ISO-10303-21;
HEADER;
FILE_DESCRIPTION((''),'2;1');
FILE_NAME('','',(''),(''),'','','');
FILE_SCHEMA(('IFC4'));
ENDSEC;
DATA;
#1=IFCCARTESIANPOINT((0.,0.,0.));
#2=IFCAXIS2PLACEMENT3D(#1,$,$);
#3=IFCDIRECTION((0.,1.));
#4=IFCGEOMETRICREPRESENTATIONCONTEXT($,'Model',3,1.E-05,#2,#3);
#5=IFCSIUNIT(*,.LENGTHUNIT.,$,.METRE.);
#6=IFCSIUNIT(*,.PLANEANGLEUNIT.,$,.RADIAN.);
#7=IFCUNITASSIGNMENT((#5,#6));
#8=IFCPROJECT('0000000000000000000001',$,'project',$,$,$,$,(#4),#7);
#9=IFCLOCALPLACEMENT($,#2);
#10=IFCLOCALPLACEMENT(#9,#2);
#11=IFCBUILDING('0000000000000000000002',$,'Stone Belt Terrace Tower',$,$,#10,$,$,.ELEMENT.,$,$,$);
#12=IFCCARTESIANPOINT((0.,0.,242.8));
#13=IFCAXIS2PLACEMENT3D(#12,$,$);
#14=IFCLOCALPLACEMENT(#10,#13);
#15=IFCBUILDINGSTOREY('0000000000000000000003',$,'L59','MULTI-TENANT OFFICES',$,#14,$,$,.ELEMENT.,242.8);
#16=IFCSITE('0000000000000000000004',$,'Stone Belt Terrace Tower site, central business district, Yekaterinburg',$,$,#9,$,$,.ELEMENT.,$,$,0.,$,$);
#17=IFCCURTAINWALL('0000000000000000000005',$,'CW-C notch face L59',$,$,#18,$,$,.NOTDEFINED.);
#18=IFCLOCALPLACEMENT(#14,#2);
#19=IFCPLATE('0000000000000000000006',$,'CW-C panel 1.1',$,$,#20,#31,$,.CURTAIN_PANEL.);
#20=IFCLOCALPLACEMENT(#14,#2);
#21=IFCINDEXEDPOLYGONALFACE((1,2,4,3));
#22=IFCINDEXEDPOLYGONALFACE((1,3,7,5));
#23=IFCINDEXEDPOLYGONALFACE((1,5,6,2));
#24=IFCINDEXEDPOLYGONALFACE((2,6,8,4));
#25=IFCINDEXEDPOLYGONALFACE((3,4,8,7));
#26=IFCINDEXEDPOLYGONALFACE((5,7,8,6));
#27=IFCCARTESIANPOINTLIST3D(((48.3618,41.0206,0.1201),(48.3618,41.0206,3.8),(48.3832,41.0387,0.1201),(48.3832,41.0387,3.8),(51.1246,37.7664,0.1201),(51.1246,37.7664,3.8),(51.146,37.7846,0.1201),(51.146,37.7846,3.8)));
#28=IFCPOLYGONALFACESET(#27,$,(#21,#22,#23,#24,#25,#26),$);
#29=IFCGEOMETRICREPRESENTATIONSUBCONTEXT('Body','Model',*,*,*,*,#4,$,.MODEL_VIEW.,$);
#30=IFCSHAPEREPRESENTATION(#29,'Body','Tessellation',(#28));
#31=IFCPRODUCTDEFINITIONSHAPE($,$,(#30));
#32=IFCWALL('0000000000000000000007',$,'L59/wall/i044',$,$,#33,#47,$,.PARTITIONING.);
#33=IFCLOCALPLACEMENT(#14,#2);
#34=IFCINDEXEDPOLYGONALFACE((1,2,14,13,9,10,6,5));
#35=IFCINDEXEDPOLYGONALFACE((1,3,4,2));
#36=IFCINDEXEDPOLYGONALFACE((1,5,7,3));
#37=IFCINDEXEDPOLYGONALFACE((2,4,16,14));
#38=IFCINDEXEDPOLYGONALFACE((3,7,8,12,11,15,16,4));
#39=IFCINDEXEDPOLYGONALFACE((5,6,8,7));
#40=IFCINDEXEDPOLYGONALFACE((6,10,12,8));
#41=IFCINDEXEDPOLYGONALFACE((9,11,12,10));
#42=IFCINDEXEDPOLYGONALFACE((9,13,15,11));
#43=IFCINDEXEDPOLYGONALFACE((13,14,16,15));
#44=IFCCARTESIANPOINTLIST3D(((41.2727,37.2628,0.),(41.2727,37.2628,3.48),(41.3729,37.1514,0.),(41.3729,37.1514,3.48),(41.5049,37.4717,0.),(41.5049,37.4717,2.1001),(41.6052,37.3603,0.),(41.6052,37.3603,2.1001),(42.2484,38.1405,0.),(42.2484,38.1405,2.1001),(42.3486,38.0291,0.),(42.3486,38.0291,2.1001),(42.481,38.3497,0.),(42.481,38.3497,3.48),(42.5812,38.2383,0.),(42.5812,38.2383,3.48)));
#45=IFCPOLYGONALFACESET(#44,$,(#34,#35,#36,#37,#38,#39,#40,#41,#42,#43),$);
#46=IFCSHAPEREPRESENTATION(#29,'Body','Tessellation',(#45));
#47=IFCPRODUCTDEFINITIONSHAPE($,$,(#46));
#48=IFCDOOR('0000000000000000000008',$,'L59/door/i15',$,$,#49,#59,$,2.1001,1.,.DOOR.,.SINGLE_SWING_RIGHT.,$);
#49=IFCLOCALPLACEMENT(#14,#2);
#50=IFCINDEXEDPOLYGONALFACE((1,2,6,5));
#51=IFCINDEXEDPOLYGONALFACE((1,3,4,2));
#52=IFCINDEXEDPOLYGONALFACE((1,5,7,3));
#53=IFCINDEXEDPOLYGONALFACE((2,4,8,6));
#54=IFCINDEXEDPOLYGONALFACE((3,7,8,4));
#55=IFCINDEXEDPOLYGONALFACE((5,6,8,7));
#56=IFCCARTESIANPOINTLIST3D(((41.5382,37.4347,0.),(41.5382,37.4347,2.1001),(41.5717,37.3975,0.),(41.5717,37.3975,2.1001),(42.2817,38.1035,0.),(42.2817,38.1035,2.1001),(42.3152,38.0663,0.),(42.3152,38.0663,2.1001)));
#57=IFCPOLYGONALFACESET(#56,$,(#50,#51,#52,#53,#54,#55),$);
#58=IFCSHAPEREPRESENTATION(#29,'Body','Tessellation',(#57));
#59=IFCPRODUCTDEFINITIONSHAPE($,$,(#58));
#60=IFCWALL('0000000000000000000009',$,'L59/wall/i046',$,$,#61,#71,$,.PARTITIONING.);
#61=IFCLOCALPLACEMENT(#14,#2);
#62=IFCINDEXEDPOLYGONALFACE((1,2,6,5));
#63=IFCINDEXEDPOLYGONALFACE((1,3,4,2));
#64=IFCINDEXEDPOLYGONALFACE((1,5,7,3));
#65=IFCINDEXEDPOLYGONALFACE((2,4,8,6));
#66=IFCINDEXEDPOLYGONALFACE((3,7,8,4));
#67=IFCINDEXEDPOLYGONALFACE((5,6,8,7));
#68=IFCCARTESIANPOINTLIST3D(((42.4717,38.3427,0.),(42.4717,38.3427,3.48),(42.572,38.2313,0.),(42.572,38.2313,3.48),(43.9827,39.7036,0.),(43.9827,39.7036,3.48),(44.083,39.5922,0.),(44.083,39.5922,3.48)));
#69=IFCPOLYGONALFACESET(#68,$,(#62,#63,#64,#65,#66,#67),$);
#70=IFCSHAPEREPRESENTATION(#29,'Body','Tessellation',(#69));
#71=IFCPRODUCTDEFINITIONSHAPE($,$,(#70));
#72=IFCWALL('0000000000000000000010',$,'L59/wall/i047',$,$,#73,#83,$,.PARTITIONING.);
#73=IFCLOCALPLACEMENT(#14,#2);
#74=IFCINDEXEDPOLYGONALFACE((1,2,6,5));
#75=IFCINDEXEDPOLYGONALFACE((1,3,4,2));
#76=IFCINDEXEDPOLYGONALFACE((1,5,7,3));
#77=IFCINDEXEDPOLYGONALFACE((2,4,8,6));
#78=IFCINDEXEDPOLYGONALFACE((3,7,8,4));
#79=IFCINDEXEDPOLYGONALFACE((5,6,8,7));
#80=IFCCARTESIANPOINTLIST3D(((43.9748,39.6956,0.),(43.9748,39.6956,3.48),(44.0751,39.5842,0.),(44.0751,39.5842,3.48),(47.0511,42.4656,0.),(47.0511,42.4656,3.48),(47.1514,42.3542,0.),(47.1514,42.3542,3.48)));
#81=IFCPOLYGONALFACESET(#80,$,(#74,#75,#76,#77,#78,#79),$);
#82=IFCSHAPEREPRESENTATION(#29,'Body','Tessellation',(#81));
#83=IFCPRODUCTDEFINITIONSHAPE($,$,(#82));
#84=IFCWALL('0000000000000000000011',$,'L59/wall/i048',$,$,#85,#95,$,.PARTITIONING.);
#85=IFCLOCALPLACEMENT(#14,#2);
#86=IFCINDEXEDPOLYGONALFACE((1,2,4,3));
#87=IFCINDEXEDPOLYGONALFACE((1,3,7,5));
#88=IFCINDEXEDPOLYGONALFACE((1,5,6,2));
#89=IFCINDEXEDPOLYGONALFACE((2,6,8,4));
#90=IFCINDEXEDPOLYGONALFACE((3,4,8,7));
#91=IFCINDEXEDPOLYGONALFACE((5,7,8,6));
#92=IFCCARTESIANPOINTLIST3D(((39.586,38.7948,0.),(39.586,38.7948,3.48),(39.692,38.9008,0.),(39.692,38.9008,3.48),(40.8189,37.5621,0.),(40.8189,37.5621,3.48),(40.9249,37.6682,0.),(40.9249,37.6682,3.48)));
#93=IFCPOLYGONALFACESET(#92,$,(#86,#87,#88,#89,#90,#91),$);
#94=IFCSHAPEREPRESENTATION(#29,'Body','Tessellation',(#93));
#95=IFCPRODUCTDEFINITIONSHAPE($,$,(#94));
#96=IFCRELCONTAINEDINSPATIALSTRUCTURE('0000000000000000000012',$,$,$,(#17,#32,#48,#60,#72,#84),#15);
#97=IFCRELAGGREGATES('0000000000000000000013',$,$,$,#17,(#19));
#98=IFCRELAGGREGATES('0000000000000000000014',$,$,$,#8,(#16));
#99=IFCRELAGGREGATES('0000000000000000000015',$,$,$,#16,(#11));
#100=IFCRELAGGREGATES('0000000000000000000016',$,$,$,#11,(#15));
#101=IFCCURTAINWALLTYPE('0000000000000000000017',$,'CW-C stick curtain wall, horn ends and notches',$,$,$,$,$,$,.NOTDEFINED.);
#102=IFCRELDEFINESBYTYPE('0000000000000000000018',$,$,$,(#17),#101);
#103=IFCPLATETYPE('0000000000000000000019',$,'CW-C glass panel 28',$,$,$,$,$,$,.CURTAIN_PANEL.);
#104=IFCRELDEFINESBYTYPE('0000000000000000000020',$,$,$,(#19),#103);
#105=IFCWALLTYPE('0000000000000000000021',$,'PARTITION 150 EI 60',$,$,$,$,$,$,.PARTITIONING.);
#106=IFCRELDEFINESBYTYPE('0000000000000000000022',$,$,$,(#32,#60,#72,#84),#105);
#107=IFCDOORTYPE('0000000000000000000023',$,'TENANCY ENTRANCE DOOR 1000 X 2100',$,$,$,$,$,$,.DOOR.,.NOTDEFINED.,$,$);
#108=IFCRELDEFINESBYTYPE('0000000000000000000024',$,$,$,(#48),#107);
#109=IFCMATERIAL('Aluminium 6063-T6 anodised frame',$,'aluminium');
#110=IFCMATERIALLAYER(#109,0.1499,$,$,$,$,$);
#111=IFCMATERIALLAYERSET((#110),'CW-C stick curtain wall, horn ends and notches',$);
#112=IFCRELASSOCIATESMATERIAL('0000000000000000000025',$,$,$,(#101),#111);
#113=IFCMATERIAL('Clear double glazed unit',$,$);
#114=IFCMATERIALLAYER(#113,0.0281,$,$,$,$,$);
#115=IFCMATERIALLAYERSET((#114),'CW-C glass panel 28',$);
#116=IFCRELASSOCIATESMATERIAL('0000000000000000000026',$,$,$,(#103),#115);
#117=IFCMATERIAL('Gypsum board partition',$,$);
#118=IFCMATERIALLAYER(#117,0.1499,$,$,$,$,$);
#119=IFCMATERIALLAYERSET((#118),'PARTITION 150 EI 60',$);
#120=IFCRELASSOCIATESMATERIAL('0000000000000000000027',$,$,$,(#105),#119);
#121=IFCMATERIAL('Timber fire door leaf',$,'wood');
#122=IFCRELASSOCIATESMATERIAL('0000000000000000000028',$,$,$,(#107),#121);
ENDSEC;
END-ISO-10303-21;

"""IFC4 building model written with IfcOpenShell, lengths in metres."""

from ifc_helpers import new_model, si_unit, direction, frame, frame_2d, origin, origin_2d, place, context, subcontext, project, spatial, rectangle, extrude, material, layer, layer_set, type_object, element, fill, aggregate, save


model = new_model("IFC4")

# Units and contexts
model_context = context("Model", 3, precision=1e-05, world=origin(), true_north=direction((0.0, 1.0)))
body_context = subcontext(model_context, "Body", "Model", "MODEL_VIEW")
ifc_project = project(units=[si_unit("LENGTHUNIT", "METRE"), si_unit("PLANEANGLEUNIT", "RADIAN")], contexts=[model_context])

# Site, building, storey
site_placement = place(None, origin())
site = spatial("IfcSite", under=ifc_project, at=site_placement, Name="Stone Belt Terrace Tower site, central business district, Yekaterinburg", CompositionType="ELEMENT", RefElevation=0.0)
building_placement = place(site_placement, origin())
building = spatial("IfcBuilding", under=site, at=building_placement, Name="Stone Belt Terrace Tower", CompositionType="ELEMENT")
storey_placement = place(building_placement, frame((0.0, 0.0, 242.8)))
storey = spatial("IfcBuildingStorey", under=building, at=storey_placement, Name="L59", Description="MULTI-TENANT OFFICES", CompositionType="ELEMENT", Elevation=242.8)

# Curtain wall
ifc_material_1 = material(Name="Aluminium 6063-T6 anodised frame", Category="aluminium")
ifc_layer_1 = layer(ifc_material_1, 0.1499)
ifc_layer_set_1 = layer_set([ifc_layer_1], Name="CW-C stick curtain wall, horn ends and notches")
curtain_wall_type = type_object("IfcCurtainWallType", Name="CW-C stick curtain wall, horn ends and notches", PredefinedType="NOTDEFINED", material=ifc_layer_set_1)
curtain_wall_1_placement = place(storey_placement, origin())
curtain_wall_1 = element("IfcCurtainWall", 1, at=curtain_wall_1_placement, inside=storey, type_object=curtain_wall_type, Name="CW-C notch face L59", PredefinedType="NOTDEFINED")

# Plate
ifc_material_2 = material(Name="Clear double glazed unit")
ifc_layer_2 = layer(ifc_material_2, 0.0281)
ifc_layer_set_2 = layer_set([ifc_layer_2], Name="CW-C glass panel 28")
plate_type = type_object("IfcPlateType", Name="CW-C glass panel 28", PredefinedType="CURTAIN_PANEL", material=ifc_layer_set_2)
plate_1_placement = place(storey_placement, frame((49.7539, 39.4026, 0.1201), z_axis=(0.0, 0.0, 1.0), x_axis=(-0.647211, 0.762311, 0.0)))
plate_1 = element("IfcPlate", 2, at=plate_1_placement, type_object=plate_type, Name="CW-C panel 1.1", PredefinedType="CURTAIN_PANEL", context=body_context, shape_type="SweptSolid", body=[
    extrude(rectangle(XDim=4.2688, YDim=0.0281, at=origin_2d()), origin(), (0.0, 0.0, 1.0), 3.6799),
])
aggregate(curtain_wall_1, [plate_1])

# Wall, opening, door
ifc_material_3 = material(Name="Gypsum board partition")
ifc_layer_3 = layer(ifc_material_3, 0.1499)
ifc_layer_set_3 = layer_set([ifc_layer_3], Name="PARTITION 150 EI 60")
wall_type = type_object("IfcWallType", Name="PARTITION 150 EI 60", PredefinedType="PARTITIONING", material=ifc_layer_set_3)
wall_1_placement = place(storey_placement, frame((42.531, 38.2939, 0.0), z_axis=(0.0, 0.0, 1.0), x_axis=(-0.743451, -0.66879, 0.0)))
wall_1 = element("IfcWall", 3, at=wall_1_placement, inside=storey, type_object=wall_type, Name="L59/wall/i044", PredefinedType="PARTITIONING", context=body_context, shape_type="SweptSolid", body=[
    extrude(rectangle(XDim=1.6252, YDim=0.1499, at=frame_2d((0.8125, 0.0))), origin(), (0.0, 0.0, 1.0), 3.48),
])
opening_placement = place(wall_1_placement, frame((0.3127, 0.0, 0.0)))
opening = element("IfcOpeningElement", 4, at=opening_placement, cuts=wall_1, PredefinedType="OPENING", context=body_context, shape_type="SweptSolid", body=[
    extrude(rectangle(XDim=1.0, YDim=2.1001, at=frame_2d((0.5, 1.05))), frame((0.0, 0.085, 0.0), z_axis=(0.0, -1.0, 0.0), x_axis=(1.0, 0.0, 0.0)), (0.0, 0.0, 1.0), 0.1699),
])
ifc_material_4 = material(Name="Timber fire door leaf", Category="wood")
door_type = type_object("IfcDoorType", Name="TENANCY ENTRANCE DOOR 1000 X 2100", OperationType="NOTDEFINED", PredefinedType="DOOR", material=ifc_material_4)
door_placement = place(opening_placement, origin())
door = element("IfcDoor", 5, at=door_placement, inside=storey, type_object=door_type, Name="L59/door/i15", OperationType="SINGLE_SWING_RIGHT", OverallHeight=2.1001, OverallWidth=1.0, PredefinedType="DOOR", context=body_context, shape_type="SweptSolid", body=[
    extrude(rectangle(XDim=1.0, YDim=2.1001, at=frame_2d((0.5, 1.05))), frame((0.0, 0.0249, 0.0), z_axis=(0.0, -1.0, 0.0), x_axis=(1.0, 0.0, 0.0)), (0.0, 0.0, 1.0), 0.05),
])
fill(opening, door)

# Walls
wall_2_placement = place(storey_placement, frame((42.522, 38.2871, 0.0), z_axis=(0.0, 0.0, 1.0), x_axis=(0.743061, 0.669223, 0.0)))
element("IfcWall", 6, at=wall_2_placement, inside=storey, type_object=wall_type, Name="L59/wall/i046", PredefinedType="PARTITIONING", context=body_context, shape_type="SweptSolid", body=[
    extrude(rectangle(XDim=2.0334, YDim=0.1499, at=frame_2d((1.0166, 0.0))), origin(), (0.0, 0.0, 1.0), 3.48),
])
wall_3_placement = place(storey_placement, frame((44.0249, 39.6399, 0.0), z_axis=(0.0, 0.0, 1.0), x_axis=(0.743145, 0.669131, 0.0)))
element("IfcWall", 7, at=wall_3_placement, inside=storey, type_object=wall_type, Name="L59/wall/i047", PredefinedType="PARTITIONING", context=body_context, shape_type="SweptSolid", body=[
    extrude(rectangle(XDim=4.1396, YDim=0.1499, at=frame_2d((2.0698, 0.0))), origin(), (0.0, 0.0, 1.0), 3.48),
])
wall_4_placement = place(storey_placement, frame((40.8718, 37.6152, 0.0), z_axis=(0.0, 0.0, 1.0), x_axis=(-0.707177, 0.707037, 0.0)))
element("IfcWall", 8, at=wall_4_placement, inside=storey, type_object=wall_type, Name="L59/wall/i048", PredefinedType="PARTITIONING", context=body_context, shape_type="SweptSolid", body=[
    extrude(rectangle(XDim=1.7434, YDim=0.1499, at=frame_2d((0.8716, 0.0))), origin(), (0.0, 0.0, 1.0), 3.48),
])

save(model, "model.ifc")
